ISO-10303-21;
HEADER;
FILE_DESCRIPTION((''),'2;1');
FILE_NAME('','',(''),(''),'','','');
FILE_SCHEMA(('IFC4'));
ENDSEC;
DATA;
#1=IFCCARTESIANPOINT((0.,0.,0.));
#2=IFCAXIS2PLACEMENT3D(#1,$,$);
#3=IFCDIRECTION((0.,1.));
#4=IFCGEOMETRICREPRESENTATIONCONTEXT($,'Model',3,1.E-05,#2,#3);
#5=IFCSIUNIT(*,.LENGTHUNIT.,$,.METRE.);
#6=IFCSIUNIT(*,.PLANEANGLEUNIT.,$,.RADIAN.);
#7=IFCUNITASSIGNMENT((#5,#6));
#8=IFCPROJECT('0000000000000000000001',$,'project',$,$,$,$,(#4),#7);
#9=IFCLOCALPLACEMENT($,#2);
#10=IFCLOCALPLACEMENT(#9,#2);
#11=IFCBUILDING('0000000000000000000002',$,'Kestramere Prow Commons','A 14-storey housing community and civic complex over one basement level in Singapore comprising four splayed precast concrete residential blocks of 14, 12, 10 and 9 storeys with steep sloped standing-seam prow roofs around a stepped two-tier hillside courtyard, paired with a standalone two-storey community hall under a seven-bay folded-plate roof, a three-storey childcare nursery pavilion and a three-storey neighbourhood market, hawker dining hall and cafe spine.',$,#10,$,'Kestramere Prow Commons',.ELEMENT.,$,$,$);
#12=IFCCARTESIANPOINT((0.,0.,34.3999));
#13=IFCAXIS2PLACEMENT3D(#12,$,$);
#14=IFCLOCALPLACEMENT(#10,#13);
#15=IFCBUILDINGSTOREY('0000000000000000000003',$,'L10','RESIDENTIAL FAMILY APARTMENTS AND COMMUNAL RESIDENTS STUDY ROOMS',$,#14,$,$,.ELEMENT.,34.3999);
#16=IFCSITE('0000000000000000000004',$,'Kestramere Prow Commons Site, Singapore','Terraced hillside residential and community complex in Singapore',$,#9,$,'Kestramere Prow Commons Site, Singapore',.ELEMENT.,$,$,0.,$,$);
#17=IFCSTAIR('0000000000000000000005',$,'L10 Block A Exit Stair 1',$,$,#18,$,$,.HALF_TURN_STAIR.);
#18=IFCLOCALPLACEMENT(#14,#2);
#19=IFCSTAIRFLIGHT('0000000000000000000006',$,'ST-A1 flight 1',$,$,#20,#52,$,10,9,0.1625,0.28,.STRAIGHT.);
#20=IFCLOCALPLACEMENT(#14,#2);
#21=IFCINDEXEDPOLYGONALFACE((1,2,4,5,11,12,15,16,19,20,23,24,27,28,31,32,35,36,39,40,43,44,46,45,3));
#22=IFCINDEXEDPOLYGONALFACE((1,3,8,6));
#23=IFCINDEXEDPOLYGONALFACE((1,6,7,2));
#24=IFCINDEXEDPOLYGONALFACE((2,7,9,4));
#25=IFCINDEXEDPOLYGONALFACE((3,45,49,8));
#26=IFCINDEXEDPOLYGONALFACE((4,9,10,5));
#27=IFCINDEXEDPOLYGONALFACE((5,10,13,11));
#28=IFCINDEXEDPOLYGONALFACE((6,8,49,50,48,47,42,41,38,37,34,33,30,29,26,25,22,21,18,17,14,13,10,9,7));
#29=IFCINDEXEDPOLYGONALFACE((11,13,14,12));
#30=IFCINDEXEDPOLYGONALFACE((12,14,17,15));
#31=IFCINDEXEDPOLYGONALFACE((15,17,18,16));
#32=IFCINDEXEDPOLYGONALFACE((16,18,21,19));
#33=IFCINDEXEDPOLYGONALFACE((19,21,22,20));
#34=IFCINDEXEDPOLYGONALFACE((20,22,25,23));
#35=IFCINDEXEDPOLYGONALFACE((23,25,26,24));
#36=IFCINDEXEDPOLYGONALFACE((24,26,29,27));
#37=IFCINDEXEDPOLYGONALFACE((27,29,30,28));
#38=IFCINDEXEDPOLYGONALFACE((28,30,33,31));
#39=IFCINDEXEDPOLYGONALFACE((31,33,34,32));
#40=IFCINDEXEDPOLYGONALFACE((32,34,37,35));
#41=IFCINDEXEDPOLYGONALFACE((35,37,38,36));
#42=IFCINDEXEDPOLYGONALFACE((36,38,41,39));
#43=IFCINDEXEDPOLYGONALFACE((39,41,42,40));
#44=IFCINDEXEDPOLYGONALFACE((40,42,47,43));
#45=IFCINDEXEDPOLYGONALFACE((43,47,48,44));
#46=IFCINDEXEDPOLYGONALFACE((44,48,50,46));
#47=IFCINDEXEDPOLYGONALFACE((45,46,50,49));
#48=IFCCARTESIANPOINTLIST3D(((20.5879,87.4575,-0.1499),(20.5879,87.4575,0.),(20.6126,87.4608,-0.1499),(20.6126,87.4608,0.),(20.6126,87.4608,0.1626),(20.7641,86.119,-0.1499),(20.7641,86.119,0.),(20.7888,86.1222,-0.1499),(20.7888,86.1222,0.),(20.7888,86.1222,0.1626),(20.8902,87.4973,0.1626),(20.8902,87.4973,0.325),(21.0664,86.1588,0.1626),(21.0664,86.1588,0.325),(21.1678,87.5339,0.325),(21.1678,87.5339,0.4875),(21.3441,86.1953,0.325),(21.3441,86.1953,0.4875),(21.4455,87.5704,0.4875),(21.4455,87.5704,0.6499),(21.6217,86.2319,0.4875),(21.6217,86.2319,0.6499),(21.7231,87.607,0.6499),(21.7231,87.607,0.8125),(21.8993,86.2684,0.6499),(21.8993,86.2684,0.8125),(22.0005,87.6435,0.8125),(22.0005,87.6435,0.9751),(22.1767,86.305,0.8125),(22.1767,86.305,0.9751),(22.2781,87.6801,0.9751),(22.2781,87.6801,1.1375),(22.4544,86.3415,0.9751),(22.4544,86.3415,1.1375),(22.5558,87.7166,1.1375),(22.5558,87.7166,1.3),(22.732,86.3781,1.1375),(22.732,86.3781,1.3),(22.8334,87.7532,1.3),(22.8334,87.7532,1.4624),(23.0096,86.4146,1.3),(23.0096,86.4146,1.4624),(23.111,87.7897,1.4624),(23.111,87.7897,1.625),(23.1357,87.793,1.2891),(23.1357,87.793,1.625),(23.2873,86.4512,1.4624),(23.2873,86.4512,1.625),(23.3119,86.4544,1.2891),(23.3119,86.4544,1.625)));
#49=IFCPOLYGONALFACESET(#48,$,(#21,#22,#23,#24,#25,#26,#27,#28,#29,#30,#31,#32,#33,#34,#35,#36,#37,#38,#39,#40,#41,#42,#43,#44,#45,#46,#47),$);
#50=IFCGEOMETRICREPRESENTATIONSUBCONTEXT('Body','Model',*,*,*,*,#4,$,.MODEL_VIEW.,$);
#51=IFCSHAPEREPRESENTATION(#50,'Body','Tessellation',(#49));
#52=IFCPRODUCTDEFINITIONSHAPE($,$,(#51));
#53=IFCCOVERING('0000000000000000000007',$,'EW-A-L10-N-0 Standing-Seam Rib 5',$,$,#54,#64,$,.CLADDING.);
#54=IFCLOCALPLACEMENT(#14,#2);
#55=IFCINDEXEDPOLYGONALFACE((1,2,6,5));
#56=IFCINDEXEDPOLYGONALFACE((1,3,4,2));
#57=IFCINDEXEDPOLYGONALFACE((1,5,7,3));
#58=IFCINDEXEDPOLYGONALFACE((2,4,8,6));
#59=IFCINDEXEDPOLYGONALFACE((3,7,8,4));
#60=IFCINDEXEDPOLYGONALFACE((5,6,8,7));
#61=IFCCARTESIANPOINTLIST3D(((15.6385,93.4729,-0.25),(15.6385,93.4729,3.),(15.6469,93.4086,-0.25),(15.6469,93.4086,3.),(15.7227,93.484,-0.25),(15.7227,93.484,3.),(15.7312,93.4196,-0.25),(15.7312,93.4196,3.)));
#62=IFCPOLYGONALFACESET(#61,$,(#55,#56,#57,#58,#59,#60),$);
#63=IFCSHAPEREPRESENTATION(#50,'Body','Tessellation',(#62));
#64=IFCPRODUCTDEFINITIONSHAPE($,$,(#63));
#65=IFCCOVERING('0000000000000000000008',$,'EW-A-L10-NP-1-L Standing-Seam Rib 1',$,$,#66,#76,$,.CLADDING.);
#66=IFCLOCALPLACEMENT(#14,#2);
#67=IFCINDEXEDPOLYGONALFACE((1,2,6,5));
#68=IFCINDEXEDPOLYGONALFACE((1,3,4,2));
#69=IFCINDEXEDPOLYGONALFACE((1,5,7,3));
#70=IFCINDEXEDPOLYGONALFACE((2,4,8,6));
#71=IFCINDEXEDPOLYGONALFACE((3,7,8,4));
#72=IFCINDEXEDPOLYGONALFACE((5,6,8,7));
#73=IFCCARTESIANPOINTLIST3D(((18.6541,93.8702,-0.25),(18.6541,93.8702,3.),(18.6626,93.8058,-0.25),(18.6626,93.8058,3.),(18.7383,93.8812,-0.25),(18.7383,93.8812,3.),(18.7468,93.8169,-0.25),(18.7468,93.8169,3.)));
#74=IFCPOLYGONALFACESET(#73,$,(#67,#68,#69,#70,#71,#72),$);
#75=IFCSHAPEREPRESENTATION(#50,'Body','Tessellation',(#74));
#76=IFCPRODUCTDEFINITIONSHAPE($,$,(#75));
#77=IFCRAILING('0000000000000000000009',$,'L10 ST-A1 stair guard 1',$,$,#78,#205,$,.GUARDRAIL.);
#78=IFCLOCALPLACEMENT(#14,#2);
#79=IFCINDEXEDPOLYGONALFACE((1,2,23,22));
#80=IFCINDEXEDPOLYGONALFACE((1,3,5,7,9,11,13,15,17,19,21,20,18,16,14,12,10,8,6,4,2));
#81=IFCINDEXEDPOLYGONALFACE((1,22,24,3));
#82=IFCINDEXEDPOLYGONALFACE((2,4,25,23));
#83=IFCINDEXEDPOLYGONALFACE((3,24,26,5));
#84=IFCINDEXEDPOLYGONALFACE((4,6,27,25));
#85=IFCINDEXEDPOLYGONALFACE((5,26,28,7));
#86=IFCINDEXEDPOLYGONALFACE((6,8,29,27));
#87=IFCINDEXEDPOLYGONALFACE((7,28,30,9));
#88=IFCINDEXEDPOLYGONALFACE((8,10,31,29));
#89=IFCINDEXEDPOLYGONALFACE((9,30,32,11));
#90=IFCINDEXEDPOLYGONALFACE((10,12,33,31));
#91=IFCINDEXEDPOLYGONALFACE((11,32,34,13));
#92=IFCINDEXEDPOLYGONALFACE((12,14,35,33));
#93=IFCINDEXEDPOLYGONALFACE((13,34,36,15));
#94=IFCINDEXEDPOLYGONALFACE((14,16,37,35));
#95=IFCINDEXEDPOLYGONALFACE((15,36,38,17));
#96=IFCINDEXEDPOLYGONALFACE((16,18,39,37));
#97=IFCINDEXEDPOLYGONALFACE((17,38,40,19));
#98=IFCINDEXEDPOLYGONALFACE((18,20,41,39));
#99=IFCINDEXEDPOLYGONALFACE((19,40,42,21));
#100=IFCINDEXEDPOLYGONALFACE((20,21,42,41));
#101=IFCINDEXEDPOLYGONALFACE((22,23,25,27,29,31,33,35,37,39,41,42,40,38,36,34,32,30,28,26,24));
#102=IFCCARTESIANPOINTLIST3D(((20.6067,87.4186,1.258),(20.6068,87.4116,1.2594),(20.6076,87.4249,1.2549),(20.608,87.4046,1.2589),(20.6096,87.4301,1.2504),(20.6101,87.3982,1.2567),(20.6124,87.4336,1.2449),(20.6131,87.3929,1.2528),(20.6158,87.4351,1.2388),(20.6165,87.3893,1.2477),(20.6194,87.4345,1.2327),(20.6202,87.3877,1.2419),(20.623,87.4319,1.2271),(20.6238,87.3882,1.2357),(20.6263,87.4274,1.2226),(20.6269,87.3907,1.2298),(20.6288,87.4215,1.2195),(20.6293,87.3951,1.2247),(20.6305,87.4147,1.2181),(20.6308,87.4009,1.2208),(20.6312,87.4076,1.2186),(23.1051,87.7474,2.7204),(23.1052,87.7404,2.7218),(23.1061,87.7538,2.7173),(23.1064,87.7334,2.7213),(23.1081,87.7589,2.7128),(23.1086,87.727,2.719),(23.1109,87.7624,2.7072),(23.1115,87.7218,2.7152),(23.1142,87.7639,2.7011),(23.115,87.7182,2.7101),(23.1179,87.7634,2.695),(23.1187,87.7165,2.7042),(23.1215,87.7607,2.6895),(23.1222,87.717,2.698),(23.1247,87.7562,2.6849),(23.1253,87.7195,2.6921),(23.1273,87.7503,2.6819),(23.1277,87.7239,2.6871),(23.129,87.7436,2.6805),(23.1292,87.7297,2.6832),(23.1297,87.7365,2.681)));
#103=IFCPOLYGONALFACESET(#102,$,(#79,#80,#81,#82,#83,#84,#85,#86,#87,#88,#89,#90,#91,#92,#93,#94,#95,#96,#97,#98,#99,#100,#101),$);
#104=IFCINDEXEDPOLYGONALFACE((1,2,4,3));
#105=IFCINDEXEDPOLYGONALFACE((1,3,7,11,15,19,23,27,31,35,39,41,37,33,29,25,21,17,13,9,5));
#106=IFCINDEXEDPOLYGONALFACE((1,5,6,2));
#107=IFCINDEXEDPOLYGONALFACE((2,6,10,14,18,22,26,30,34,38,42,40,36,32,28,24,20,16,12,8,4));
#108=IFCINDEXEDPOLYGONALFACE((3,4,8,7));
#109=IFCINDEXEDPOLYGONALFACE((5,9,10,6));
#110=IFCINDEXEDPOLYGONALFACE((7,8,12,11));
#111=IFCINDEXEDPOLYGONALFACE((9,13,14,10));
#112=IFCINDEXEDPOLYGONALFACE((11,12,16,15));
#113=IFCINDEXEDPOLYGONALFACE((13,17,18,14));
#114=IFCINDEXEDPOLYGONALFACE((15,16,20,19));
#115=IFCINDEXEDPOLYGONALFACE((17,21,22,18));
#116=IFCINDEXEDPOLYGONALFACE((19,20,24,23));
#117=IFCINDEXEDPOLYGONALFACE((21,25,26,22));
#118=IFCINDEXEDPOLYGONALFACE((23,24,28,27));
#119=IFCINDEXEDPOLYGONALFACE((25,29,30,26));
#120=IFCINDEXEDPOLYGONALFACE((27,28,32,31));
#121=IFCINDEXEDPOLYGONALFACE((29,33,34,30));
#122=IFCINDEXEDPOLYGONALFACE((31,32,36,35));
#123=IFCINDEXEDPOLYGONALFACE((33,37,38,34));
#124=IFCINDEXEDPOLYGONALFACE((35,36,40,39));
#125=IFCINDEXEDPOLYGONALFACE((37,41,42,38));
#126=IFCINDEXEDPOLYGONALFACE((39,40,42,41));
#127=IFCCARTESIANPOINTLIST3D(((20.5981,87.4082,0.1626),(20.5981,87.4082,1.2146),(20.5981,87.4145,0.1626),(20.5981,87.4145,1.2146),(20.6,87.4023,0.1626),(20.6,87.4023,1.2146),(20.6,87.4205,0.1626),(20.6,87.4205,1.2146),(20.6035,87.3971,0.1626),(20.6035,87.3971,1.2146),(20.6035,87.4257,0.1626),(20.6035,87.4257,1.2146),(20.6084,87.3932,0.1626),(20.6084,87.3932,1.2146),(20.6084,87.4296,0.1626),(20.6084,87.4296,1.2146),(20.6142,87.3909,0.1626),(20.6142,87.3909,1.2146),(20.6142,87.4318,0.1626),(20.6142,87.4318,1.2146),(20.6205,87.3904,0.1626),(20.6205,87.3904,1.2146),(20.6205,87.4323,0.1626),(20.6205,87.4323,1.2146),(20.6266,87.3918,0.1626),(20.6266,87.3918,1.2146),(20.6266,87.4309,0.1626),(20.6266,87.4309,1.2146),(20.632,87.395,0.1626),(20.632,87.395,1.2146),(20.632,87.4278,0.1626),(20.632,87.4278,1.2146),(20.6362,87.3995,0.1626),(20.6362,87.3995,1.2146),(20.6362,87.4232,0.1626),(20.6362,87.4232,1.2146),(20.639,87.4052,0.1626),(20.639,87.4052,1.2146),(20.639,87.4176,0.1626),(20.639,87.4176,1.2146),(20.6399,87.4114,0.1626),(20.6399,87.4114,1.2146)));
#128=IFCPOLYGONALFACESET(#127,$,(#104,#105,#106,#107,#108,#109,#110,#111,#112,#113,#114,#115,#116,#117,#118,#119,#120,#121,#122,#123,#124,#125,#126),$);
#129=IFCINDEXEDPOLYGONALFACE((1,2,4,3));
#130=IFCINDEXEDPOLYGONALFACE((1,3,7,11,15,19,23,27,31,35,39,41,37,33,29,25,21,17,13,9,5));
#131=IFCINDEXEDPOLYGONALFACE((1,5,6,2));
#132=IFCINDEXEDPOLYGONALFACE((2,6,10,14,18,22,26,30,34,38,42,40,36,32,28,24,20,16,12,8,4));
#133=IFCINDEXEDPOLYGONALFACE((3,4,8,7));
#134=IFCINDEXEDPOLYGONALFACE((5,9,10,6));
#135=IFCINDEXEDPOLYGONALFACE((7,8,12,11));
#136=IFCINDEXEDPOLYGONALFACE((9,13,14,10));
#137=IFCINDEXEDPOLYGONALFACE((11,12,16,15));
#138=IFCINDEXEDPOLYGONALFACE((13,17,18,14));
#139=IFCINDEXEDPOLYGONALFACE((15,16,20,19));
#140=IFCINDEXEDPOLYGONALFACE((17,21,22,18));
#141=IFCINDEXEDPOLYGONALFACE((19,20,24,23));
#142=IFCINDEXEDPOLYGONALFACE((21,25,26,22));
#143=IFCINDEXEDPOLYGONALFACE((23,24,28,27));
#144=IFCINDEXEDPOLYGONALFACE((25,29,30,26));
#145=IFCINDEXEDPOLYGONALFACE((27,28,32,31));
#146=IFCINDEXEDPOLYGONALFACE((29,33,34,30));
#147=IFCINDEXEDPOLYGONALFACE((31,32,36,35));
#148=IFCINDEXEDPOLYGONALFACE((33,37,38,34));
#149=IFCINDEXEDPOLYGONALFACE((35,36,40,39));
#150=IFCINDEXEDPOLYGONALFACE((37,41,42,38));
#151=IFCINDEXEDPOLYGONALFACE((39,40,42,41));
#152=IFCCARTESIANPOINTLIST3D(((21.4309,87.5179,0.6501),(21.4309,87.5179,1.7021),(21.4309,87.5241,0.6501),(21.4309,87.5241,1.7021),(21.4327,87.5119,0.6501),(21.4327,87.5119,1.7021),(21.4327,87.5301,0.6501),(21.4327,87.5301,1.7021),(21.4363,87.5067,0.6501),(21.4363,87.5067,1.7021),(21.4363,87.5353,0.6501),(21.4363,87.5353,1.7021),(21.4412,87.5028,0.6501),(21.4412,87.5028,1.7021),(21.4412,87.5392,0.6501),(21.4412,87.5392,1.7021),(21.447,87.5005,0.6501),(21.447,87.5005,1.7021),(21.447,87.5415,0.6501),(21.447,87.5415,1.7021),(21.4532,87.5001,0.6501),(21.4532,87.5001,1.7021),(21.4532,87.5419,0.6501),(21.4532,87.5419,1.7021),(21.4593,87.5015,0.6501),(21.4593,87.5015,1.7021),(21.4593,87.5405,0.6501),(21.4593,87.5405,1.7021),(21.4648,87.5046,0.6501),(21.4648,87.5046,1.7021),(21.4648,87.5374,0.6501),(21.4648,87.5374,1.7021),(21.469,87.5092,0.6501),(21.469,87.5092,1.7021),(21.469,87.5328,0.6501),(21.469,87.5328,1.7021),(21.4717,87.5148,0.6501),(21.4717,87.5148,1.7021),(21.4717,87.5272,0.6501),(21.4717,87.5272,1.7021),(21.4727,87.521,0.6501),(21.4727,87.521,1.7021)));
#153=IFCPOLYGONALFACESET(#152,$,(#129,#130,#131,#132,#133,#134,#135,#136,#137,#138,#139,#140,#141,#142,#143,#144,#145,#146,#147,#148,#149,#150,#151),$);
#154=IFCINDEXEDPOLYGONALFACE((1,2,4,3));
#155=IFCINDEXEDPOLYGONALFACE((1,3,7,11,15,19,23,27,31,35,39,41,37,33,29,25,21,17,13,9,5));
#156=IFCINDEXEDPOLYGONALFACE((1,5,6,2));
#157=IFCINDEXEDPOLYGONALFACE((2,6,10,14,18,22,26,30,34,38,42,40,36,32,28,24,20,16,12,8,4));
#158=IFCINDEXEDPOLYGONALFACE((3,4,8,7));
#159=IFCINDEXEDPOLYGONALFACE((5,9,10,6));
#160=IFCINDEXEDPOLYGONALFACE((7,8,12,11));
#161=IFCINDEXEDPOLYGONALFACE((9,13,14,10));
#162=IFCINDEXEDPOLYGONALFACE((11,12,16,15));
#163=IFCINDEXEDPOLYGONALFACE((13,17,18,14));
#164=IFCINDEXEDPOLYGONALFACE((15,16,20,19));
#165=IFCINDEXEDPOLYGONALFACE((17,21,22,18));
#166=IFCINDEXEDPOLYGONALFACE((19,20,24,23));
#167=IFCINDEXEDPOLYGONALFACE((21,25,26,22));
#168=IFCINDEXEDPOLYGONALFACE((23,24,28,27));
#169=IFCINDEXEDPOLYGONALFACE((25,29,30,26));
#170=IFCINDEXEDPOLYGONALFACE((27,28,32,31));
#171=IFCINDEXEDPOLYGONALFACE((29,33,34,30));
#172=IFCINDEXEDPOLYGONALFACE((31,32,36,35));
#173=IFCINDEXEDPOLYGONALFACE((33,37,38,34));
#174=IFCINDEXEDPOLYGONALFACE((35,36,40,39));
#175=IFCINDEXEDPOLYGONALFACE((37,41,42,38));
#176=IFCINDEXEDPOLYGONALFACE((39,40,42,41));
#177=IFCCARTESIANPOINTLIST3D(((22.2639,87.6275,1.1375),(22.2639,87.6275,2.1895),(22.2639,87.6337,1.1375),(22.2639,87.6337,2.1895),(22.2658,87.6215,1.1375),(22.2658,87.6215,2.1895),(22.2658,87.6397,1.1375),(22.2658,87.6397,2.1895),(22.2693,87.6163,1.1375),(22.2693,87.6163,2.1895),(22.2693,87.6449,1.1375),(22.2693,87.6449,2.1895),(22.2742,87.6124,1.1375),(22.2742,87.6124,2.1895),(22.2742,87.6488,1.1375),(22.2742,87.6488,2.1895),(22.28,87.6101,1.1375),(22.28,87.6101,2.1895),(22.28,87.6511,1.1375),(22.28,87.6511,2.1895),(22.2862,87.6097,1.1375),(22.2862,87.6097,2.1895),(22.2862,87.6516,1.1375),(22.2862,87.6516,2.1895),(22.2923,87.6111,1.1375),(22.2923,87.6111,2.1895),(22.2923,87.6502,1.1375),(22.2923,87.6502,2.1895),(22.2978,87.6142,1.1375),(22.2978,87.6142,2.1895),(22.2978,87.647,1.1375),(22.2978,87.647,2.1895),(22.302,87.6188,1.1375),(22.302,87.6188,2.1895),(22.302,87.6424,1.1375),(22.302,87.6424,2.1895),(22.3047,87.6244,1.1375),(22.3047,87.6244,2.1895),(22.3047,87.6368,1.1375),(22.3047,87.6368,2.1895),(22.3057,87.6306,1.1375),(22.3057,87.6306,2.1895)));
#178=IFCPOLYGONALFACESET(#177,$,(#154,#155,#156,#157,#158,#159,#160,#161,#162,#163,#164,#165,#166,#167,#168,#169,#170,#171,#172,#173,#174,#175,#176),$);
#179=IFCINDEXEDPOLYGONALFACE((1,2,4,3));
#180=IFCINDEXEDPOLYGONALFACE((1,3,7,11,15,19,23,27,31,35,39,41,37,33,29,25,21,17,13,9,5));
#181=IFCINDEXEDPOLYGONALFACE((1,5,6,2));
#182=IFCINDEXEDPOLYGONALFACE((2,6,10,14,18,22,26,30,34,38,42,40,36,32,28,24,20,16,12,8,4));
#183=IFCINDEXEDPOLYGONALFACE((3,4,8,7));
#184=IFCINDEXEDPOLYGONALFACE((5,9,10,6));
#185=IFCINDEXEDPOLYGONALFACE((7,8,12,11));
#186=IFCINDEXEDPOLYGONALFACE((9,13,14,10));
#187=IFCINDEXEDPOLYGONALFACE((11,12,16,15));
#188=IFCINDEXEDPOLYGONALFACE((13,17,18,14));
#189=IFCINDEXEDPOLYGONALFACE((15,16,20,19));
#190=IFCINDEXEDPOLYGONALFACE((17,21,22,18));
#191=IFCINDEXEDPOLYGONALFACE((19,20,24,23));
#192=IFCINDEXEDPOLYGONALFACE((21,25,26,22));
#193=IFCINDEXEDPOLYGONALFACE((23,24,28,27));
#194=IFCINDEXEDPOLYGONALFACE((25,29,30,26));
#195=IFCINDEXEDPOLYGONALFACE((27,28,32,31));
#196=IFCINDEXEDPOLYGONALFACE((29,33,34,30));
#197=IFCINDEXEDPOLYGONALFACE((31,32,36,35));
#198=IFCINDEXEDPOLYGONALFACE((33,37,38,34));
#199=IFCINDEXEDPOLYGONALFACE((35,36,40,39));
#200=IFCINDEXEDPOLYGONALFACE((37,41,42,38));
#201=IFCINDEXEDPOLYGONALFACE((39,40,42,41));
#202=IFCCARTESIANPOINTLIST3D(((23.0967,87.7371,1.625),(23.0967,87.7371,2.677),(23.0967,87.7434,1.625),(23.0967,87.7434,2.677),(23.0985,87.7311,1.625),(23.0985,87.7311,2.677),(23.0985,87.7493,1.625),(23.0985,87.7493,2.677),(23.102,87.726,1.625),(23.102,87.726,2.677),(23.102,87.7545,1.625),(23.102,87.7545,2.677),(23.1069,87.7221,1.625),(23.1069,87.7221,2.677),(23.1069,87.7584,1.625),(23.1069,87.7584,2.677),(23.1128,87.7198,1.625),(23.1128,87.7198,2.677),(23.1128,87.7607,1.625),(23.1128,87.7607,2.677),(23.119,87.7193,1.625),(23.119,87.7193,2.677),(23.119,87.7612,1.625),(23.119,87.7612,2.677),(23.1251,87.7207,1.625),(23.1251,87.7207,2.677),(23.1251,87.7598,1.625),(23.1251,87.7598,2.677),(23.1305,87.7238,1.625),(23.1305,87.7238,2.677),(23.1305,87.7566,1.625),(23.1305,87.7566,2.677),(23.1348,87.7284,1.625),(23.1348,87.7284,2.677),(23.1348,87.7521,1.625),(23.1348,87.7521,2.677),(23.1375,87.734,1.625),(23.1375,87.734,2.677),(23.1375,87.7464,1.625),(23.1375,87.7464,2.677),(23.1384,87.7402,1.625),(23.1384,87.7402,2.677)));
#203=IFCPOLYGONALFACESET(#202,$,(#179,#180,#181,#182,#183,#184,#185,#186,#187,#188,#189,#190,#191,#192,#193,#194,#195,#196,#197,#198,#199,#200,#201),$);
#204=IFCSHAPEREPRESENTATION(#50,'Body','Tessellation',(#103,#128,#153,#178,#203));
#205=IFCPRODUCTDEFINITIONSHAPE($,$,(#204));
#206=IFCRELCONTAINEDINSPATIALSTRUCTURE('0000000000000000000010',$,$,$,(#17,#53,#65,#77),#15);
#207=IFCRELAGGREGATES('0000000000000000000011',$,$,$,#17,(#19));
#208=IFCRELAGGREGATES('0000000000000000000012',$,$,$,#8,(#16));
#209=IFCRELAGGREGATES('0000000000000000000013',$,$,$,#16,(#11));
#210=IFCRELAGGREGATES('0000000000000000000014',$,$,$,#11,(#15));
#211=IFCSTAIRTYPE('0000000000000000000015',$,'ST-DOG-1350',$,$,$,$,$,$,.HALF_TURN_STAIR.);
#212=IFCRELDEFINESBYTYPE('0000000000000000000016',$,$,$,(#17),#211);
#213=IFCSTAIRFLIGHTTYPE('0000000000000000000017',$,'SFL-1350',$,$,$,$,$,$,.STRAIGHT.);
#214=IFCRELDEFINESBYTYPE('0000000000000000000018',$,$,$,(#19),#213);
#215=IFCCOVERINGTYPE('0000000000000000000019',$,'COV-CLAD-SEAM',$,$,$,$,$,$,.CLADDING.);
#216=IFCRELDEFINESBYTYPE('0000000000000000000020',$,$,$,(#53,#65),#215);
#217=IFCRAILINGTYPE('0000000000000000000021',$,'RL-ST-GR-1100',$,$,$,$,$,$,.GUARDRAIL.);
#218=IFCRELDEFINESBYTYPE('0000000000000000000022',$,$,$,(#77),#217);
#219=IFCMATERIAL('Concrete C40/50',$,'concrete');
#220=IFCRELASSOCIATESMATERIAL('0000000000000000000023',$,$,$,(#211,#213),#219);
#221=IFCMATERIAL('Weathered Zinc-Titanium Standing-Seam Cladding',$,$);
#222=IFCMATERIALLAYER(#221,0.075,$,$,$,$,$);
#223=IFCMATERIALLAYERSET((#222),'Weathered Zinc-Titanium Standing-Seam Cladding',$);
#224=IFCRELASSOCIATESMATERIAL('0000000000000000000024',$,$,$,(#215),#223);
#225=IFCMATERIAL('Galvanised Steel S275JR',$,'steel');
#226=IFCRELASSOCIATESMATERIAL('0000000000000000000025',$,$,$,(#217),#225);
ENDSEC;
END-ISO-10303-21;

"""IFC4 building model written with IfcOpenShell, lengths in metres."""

from ifc_helpers import new_model, si_unit, direction, frame, origin, origin_2d, place, context, subcontext, project, spatial, polyline, rectangle, circle, outline, extrude, material, layer, layer_set, type_object, element, aggregate, save


model = new_model("IFC4")

# Units and contexts
model_context = context("Model", 3, precision=1e-05, world=origin(), true_north=direction((0.0, 1.0)))
body_context = subcontext(model_context, "Body", "Model", "MODEL_VIEW")
ifc_project = project(units=[si_unit("LENGTHUNIT", "METRE"), si_unit("PLANEANGLEUNIT", "RADIAN")], contexts=[model_context])

# Site, building, storey
site_placement = place(None, origin())
site = spatial("IfcSite", under=ifc_project, at=site_placement, Name="Kestramere Prow Commons Site, Singapore", Description="Terraced hillside residential and community complex in Singapore", LongName="Kestramere Prow Commons Site, Singapore", CompositionType="ELEMENT", RefElevation=0.0)
building_placement = place(site_placement, origin())
building = spatial("IfcBuilding", under=site, at=building_placement, Name="Kestramere Prow Commons", Description="A 14-storey housing community and civic complex over one basement level in Singapore comprising four splayed precast concrete residential blocks of 14, 12, 10 and 9 storeys with steep sloped standing-seam prow roofs around a stepped two-tier hillside courtyard, paired with a standalone two-storey community hall under a seven-bay folded-plate roof, a three-storey childcare nursery pavilion and a three-storey neighbourhood market, hawker dining hall and cafe spine.", LongName="Kestramere Prow Commons", CompositionType="ELEMENT")
storey_placement = place(building_placement, frame((0.0, 0.0, 34.3999)))
storey = spatial("IfcBuildingStorey", under=building, at=storey_placement, Name="L10", Description="RESIDENTIAL FAMILY APARTMENTS AND COMMUNAL RESIDENTS STUDY ROOMS", CompositionType="ELEMENT", Elevation=34.3999)

# Shared definitions
ifc_material_1 = material(Name="Concrete C40/50", Category="concrete")

# Stair, stair flight
stair_type = type_object("IfcStairType", Name="ST-DOG-1350", PredefinedType="HALF_TURN_STAIR", material=ifc_material_1)
stair_placement = place(storey_placement, origin())
stair = element("IfcStair", 1, at=stair_placement, inside=storey, type_object=stair_type, Name="L10 Block A Exit Stair 1", PredefinedType="HALF_TURN_STAIR")
stair_flight_type = type_object("IfcStairFlightType", Name="SFL-1350", PredefinedType="STRAIGHT", material=ifc_material_1)
stair_flight_placement = place(storey_placement, frame((20.7007, 86.7915, 0.0), z_axis=(0.0, 0.0, 1.0), x_axis=(0.991445, 0.130526, 0.0)))
stair_flight = element("IfcStairFlight", 2, at=stair_flight_placement, type_object=stair_flight_type, Name="ST-A1 flight 1", NumberOfRisers=10, NumberOfTreads=9, PredefinedType="STRAIGHT", RiserHeight=0.1625, TreadLength=0.28, context=body_context, shape_type="SweptSolid", body=[
    extrude(outline(polyline([(-0.0249, 0.0), (0.0, 0.0), (0.0, 0.1626), (0.28, 0.1626), (0.28, 0.325), (0.5601, 0.325), (0.5601, 0.4875), (0.8401, 0.4875), (0.8401, 0.6499), (1.1201, 0.6499), (1.1201, 0.8125), (1.3999, 0.8125), (1.3999, 0.9751), (1.6799, 0.9751), (1.6799, 1.1375), (1.96, 1.1375), (1.96, 1.3), (2.24, 1.3), (2.24, 1.4624), (2.52, 1.4624), (2.52, 1.625), (2.5449, 1.625), (2.5449, 1.2891), (0.0, -0.1499), (-0.0249, -0.1499), (-0.0249, 0.0)])), frame((0.0, 0.675, 0.0), z_axis=(0.0, -1.0, 0.0), x_axis=(1.0, 0.0, 0.0)), (0.0, 0.0, 1.0), 1.3501),
])
aggregate(stair, [stair_flight])

# Coverings
ifc_material_2 = material(Name="Weathered Zinc-Titanium Standing-Seam Cladding")
ifc_layer_1 = layer(ifc_material_2, 0.075)
ifc_layer_set_1 = layer_set([ifc_layer_1], Name="Weathered Zinc-Titanium Standing-Seam Cladding")
covering_type = type_object("IfcCoveringType", Name="COV-CLAD-SEAM", PredefinedType="CLADDING", material=ifc_layer_set_1)
for number, where, z_axis, x_axis, name in (
    (3, (15.6848, 93.4463, -0.25), (0.0, 0.0, 1.0), (0.991445, 0.130526, 0.0), "EW-A-L10-N-0 Standing-Seam Rib 5"),
    (4, (18.7004, 93.8435, -0.25), (0.0, 0.0, 1.0), (0.991445, 0.130526, 0.0), "EW-A-L10-NP-1-L Standing-Seam Rib 1"),
):
    element("IfcCovering", number, at=place(storey_placement, frame(where, z_axis=z_axis, x_axis=x_axis)), inside=storey, type_object=covering_type, Name=name, PredefinedType="CLADDING", context=body_context, shape_type="SweptSolid", body=[
        extrude(rectangle(XDim=0.085, YDim=0.0649, at=origin_2d()), origin(), (0.0, 0.0, 1.0), 3.25),
    ])

# Railing
ifc_material_3 = material(Name="Galvanised Steel S275JR", Category="steel")
railing_type_1 = type_object("IfcRailingType", Name="RL-ST-GR-1100", PredefinedType="GUARDRAIL", material=ifc_material_3)
railing_1_placement = place(storey_placement, frame((20.6189, 87.4114, 0.1626)))
element("IfcRailing", 5, at=railing_1_placement, inside=storey, type_object=railing_type_1, Name="L10 ST-A1 stair guard 1", PredefinedType="GUARDRAIL", context=body_context, shape_type="SweptSolid", body=[
    extrude(circle(Radius=0.0239, at=origin_2d()), frame((0.0, 0.0, 1.0762), z_axis=(0.857523, 0.112867, 0.501912), x_axis=(-0.130495, 0.991449, 0.0)), (0.0, 0.0, 1.0), 2.9136),
    extrude(circle(Radius=0.021, at=origin_2d()), origin(), (0.0, 0.0, 1.0), 1.052),
    extrude(circle(Radius=0.021, at=origin_2d()), frame((0.8328, 0.1096, 0.4875)), (0.0, 0.0, 1.0), 1.052),
    extrude(circle(Radius=0.021, at=origin_2d()), frame((1.6658, 0.2192, 0.9749)), (0.0, 0.0, 1.0), 1.052),
    extrude(circle(Radius=0.021, at=origin_2d()), frame((2.4985, 0.3289, 1.4624)), (0.0, 0.0, 1.0), 1.052),
])

save(model, "model.ifc")
